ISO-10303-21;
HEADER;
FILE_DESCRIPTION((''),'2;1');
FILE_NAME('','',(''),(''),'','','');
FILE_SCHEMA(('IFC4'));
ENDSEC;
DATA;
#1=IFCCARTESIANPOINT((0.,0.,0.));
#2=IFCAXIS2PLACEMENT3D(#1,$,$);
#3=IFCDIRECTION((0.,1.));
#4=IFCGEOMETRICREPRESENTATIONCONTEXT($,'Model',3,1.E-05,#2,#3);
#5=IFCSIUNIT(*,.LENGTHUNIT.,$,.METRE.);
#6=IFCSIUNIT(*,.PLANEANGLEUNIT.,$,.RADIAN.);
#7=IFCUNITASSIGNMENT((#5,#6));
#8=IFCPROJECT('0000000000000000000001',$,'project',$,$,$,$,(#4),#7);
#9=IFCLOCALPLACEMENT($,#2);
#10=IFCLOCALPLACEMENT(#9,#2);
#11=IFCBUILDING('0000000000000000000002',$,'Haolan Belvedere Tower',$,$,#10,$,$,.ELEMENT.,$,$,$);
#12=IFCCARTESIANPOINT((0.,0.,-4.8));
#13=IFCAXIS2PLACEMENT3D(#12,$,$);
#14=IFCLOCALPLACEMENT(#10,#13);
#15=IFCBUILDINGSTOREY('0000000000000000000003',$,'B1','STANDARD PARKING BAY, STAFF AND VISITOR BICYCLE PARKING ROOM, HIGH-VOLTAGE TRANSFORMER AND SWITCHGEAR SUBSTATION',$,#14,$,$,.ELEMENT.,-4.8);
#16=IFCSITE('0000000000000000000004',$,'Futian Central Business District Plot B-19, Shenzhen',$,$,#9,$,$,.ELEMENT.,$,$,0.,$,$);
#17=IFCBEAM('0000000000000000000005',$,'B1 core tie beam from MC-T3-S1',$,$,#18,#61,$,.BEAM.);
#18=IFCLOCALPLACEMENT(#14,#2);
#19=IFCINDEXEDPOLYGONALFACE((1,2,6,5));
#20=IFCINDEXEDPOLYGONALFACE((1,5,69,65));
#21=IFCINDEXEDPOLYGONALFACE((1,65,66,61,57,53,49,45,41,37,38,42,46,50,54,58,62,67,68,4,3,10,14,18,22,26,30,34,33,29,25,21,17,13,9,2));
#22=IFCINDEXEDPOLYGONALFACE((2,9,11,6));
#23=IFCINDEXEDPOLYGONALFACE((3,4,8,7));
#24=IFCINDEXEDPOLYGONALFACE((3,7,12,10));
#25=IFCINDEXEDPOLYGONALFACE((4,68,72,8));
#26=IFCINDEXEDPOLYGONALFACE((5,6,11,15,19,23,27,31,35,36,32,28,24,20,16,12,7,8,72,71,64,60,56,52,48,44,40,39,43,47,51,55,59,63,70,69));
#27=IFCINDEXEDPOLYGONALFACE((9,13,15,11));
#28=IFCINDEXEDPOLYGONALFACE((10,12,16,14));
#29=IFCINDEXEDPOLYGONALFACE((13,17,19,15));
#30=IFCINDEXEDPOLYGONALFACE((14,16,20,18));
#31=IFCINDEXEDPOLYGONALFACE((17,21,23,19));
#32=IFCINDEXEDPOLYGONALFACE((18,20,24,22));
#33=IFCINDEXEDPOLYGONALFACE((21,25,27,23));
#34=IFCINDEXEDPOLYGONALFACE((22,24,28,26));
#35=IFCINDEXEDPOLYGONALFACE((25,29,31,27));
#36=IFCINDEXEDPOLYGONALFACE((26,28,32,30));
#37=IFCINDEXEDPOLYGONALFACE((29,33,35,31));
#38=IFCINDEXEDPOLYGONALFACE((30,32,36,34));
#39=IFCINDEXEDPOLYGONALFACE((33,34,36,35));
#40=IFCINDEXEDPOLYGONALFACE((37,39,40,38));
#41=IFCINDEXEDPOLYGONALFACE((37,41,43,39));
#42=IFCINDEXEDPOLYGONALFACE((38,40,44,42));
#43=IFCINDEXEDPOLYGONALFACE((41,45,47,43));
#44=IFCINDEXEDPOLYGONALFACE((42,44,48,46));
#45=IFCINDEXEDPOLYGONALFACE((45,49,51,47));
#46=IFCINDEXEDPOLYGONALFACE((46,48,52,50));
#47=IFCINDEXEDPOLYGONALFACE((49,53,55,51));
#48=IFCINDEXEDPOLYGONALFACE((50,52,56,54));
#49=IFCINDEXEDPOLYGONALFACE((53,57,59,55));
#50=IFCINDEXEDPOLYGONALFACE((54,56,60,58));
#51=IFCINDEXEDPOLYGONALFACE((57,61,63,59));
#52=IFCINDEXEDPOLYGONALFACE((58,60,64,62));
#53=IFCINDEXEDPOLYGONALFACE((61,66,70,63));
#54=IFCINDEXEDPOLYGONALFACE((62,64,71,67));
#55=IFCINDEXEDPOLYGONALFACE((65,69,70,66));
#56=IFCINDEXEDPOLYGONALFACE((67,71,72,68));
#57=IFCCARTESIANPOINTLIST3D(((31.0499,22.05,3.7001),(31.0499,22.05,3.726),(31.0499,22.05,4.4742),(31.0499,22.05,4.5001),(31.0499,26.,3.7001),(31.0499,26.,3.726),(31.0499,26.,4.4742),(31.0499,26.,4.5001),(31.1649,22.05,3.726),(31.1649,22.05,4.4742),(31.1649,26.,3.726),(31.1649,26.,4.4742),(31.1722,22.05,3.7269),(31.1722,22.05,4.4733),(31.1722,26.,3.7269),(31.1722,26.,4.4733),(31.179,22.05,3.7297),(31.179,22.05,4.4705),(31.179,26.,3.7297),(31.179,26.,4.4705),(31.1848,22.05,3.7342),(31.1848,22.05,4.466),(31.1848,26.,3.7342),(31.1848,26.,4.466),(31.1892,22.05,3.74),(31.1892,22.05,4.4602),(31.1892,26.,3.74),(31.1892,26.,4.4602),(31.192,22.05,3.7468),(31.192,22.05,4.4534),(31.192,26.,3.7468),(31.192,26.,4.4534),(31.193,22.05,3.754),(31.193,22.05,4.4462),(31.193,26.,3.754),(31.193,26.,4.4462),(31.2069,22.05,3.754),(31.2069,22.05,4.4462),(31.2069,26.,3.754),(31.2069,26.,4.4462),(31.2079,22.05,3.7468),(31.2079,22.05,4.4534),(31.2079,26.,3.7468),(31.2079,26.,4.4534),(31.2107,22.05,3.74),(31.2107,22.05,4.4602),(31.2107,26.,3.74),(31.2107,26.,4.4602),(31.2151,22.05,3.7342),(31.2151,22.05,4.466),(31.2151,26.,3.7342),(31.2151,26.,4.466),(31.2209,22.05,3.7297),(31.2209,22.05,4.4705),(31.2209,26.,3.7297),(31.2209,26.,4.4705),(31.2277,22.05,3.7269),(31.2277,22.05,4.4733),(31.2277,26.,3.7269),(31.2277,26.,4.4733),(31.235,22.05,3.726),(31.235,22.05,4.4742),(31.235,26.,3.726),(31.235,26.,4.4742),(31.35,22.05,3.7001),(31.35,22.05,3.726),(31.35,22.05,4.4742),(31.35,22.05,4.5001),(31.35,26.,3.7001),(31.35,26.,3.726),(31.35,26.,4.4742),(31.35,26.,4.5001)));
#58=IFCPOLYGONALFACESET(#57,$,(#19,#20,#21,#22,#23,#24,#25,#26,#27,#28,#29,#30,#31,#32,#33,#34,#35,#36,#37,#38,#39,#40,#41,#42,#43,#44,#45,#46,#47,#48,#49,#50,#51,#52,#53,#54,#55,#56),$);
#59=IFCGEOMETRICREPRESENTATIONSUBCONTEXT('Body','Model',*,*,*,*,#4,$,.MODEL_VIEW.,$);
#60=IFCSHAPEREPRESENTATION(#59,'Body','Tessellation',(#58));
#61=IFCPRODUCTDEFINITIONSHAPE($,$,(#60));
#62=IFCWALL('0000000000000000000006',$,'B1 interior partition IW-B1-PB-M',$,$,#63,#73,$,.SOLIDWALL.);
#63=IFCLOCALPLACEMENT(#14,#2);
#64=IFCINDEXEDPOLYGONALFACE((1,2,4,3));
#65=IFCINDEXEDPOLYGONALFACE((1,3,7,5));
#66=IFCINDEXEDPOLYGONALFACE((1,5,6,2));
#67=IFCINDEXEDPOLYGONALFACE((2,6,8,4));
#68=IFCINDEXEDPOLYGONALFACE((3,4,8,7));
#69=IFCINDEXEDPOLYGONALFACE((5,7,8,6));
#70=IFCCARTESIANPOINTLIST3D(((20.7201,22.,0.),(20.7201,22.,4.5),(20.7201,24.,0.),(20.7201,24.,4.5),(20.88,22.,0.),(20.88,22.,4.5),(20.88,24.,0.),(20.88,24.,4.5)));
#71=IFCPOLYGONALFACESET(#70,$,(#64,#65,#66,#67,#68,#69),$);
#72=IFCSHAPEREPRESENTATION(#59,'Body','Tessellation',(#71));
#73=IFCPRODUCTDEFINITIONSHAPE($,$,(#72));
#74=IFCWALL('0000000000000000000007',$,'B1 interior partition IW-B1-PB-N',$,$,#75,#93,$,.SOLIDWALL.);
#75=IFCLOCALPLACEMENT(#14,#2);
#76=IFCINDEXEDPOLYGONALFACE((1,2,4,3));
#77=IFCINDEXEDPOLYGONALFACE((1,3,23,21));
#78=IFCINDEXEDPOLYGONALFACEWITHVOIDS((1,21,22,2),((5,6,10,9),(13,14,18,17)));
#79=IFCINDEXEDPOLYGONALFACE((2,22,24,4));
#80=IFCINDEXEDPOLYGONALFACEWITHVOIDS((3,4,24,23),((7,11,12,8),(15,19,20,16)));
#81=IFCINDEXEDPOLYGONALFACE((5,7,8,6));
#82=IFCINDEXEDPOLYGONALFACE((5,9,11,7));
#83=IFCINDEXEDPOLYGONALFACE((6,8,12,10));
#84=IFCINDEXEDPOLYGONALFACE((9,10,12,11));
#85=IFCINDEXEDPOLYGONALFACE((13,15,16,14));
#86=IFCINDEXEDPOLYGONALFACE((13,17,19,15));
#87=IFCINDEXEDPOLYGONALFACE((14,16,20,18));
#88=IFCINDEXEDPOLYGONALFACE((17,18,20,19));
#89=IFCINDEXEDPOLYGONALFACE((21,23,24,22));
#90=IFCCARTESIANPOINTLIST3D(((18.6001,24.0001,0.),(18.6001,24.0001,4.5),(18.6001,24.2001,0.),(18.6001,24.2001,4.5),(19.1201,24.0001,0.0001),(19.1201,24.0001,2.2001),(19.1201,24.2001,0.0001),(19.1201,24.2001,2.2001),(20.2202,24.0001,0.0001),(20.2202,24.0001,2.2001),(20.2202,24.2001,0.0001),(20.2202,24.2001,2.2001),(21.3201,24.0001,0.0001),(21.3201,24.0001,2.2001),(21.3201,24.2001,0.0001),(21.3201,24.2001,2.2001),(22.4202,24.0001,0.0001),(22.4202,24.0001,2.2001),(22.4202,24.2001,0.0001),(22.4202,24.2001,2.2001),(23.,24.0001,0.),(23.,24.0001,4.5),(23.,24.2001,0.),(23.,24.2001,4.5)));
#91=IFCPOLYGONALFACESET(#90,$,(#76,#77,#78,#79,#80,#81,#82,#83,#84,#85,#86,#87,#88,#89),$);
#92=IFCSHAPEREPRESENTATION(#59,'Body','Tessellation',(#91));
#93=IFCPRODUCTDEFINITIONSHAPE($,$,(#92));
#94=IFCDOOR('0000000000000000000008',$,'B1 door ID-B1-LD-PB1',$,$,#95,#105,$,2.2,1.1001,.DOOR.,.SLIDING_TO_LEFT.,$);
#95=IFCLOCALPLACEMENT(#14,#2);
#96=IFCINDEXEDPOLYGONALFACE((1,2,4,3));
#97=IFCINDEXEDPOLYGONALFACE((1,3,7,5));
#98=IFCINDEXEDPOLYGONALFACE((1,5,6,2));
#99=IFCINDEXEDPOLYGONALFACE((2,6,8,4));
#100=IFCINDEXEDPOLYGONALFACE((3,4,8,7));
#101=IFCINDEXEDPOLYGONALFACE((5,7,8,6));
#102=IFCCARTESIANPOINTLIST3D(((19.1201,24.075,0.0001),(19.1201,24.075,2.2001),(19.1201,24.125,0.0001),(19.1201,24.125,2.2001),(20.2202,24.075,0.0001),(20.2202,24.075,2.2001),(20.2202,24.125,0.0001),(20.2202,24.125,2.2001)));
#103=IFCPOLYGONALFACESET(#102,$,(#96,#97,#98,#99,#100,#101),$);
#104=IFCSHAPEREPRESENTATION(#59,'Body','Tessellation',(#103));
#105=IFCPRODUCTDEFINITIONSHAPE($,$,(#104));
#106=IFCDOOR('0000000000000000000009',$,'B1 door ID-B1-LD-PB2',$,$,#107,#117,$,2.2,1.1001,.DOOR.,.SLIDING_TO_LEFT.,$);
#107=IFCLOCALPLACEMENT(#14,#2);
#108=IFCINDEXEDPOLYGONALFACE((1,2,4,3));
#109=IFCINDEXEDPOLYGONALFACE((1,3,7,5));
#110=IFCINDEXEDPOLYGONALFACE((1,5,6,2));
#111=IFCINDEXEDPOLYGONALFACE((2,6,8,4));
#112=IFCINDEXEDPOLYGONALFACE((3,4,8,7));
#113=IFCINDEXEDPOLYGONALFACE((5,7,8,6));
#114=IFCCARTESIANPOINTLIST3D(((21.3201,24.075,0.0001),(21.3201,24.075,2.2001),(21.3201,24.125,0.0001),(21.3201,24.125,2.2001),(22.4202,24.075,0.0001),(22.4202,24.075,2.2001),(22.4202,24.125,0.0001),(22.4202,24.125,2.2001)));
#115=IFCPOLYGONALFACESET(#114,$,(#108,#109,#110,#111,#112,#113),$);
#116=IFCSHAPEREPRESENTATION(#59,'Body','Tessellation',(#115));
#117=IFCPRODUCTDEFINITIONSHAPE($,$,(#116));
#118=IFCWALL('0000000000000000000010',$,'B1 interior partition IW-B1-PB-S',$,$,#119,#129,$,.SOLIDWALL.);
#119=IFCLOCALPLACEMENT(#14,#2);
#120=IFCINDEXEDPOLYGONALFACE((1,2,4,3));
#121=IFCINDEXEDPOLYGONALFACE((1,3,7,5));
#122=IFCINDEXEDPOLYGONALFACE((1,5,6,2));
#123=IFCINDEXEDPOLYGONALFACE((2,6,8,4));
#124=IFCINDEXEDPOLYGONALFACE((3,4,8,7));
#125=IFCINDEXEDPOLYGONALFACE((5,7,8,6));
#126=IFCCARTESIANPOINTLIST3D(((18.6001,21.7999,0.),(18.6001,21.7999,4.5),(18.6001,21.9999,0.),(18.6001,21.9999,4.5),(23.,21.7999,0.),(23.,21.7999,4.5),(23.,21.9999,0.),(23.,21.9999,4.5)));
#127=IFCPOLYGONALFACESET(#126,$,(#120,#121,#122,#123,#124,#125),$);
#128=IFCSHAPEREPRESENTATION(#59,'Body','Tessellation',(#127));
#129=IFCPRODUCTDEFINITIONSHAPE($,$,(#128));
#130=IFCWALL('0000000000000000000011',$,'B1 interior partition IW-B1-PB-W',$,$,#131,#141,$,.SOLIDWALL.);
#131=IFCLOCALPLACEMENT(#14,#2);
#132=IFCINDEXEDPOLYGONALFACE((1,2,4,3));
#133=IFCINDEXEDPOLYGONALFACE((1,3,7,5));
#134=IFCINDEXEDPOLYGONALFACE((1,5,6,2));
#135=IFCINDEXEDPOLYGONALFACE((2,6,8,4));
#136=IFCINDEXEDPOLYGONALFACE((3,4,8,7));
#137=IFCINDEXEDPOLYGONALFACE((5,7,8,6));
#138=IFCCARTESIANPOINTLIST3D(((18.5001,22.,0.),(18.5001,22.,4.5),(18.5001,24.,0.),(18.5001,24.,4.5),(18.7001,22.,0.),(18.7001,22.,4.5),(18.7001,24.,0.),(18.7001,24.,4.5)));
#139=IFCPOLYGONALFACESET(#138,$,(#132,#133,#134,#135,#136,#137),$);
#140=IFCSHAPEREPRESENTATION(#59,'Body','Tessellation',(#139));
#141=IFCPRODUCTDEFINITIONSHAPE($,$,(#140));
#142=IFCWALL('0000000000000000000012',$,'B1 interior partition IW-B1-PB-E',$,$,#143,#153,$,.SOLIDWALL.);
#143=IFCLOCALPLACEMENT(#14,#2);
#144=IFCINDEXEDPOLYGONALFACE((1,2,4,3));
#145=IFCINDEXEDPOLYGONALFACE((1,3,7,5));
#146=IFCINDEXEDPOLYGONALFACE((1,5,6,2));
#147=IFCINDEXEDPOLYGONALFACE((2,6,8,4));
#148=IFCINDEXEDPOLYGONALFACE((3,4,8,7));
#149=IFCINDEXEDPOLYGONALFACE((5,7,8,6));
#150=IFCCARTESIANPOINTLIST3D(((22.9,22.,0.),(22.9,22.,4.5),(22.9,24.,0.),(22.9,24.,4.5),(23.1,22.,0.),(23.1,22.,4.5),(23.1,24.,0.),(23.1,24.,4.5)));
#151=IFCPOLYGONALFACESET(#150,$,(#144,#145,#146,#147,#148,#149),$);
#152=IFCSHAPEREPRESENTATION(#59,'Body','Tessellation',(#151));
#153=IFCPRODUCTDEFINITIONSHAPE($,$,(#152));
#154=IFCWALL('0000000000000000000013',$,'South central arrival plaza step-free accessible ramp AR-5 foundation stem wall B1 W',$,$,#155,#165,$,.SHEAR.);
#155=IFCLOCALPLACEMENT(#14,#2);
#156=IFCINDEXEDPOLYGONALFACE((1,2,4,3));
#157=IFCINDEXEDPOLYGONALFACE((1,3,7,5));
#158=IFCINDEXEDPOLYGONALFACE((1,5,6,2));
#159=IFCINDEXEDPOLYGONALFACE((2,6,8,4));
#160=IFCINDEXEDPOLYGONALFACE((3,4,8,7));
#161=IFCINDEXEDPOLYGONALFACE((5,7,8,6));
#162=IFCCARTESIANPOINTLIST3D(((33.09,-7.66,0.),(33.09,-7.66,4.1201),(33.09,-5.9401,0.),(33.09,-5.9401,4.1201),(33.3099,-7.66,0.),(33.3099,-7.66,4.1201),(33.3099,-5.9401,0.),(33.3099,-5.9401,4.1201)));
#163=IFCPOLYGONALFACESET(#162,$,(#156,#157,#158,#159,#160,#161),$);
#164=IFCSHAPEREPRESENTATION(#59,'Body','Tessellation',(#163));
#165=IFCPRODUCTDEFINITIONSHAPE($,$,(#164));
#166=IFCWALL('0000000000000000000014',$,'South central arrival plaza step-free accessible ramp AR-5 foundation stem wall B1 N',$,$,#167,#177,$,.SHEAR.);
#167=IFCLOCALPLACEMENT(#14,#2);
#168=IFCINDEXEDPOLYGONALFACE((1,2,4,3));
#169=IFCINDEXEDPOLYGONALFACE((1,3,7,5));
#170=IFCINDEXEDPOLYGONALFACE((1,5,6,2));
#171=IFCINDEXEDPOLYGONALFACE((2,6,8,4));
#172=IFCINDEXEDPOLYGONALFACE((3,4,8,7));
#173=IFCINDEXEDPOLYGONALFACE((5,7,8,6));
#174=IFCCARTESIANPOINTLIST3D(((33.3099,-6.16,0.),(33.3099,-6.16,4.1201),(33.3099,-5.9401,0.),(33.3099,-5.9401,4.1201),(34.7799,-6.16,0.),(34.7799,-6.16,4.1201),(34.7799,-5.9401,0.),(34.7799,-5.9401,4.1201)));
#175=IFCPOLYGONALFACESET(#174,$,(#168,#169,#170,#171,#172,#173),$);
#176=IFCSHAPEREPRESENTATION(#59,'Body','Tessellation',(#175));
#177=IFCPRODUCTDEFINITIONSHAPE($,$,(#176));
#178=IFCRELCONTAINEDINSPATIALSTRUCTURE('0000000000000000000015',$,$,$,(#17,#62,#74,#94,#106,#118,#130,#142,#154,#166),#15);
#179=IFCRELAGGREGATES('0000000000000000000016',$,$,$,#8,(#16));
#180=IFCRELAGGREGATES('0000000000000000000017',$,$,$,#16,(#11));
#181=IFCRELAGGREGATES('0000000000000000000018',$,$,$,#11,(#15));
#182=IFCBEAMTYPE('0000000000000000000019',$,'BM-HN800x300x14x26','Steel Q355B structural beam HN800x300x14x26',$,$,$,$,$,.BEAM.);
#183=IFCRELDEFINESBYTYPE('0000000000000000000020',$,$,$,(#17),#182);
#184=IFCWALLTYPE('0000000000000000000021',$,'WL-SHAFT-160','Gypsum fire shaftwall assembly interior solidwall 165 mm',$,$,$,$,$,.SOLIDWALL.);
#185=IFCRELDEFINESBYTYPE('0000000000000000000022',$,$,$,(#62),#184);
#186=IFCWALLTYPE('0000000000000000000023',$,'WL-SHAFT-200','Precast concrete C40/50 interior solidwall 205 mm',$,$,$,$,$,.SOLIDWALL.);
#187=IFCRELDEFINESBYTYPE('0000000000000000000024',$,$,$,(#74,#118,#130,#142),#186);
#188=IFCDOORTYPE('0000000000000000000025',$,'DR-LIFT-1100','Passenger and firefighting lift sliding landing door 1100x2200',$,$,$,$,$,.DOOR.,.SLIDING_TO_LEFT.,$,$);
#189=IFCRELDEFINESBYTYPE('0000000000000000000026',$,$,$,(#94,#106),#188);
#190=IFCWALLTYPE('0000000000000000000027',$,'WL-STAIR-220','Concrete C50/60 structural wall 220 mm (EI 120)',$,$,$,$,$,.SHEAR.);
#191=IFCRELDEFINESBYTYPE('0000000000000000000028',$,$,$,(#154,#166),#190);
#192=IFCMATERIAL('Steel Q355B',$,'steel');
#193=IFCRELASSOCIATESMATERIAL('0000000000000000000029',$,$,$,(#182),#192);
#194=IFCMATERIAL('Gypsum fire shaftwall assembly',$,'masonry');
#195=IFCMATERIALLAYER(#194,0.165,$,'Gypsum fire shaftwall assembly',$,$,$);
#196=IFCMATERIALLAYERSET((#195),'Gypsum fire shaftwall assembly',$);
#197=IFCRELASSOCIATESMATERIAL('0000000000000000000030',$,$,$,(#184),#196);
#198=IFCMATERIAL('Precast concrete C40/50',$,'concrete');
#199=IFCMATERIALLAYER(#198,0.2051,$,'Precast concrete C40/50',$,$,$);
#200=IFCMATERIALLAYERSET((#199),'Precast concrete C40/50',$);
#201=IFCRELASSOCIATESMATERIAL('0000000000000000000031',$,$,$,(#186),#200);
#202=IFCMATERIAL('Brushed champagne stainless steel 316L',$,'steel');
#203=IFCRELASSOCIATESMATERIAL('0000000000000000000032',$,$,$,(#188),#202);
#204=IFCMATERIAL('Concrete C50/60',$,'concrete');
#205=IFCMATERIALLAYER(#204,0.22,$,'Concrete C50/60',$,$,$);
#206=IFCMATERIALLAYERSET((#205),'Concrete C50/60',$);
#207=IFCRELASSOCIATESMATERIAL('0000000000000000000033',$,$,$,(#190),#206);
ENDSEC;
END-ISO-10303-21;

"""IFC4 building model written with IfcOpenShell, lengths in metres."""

from ifc_helpers import new_model, si_unit, direction, frame, frame_2d, origin, origin_2d, place, context, subcontext, project, spatial, rectangle, i_section, extrude, material, layer, layer_set, material_profile, profile_set, type_object, element, fill, save


model = new_model("IFC4")

# Units and contexts
model_context = context("Model", 3, precision=1e-05, world=origin(), true_north=direction((0.0, 1.0)))
body_context = subcontext(model_context, "Body", "Model", "MODEL_VIEW")
ifc_project = project(units=[si_unit("LENGTHUNIT", "METRE"), si_unit("PLANEANGLEUNIT", "RADIAN")], contexts=[model_context])

# Site, building, storey
site_placement = place(None, origin())
site = spatial("IfcSite", under=ifc_project, at=site_placement, Name="Futian Central Business District Plot B-19, Shenzhen", CompositionType="ELEMENT", RefElevation=0.0)
building_placement = place(site_placement, origin())
building = spatial("IfcBuilding", under=site, at=building_placement, Name="Haolan Belvedere Tower", CompositionType="ELEMENT")
storey_placement = place(building_placement, frame((0.0, 0.0, -4.8)))
storey = spatial("IfcBuildingStorey", under=building, at=storey_placement, Name="B1", Description="STANDARD PARKING BAY, STAFF AND VISITOR BICYCLE PARKING ROOM, HIGH-VOLTAGE TRANSFORMER AND SWITCHGEAR SUBSTATION", CompositionType="ELEMENT", Elevation=-4.8)

# Shared definitions
ifc_material_1 = material(Name="Steel Q355B", Category="steel")

# Beam
ifc_material_profile_1 = material_profile(ifc_material_1, i_section(OverallWidth=0.3, OverallDepth=0.8, WebThickness=0.0139, FlangeThickness=0.0259, FilletRadius=0.0281, at=origin_2d()), Name="Steel Q355B")
ifc_profile_set_1 = profile_set([ifc_material_profile_1], Name="Steel Q355B")
beam_type_1 = type_object("IfcBeamType", Name="BM-HN800x300x14x26", Description="Steel Q355B structural beam HN800x300x14x26", PredefinedType="BEAM", material=ifc_profile_set_1)
beam_1_placement = place(storey_placement, frame((31.2, 22.05, 4.1001), z_axis=(0.0, 1.0, 0.0), x_axis=(-1.0, 0.0, 0.0)))
element("IfcBeam", 1, at=beam_1_placement, inside=storey, type_object=beam_type_1, Name="B1 core tie beam from MC-T3-S1", PredefinedType="BEAM", context=body_context, shape_type="SweptSolid", body=[
    extrude(i_section(OverallWidth=0.3, OverallDepth=0.8, WebThickness=0.0139, FlangeThickness=0.0259, FilletRadius=0.0281, at=origin_2d()), origin(), (0.0, 0.0, 1.0), 3.95),
])

# Wall
ifc_material_2 = material(Name="Gypsum fire shaftwall assembly", Category="masonry")
ifc_layer_1 = layer(ifc_material_2, 0.165, Name="Gypsum fire shaftwall assembly")
ifc_layer_set_1 = layer_set([ifc_layer_1], Name="Gypsum fire shaftwall assembly")
wall_type_1 = type_object("IfcWallType", Name="WL-SHAFT-160", Description="Gypsum fire shaftwall assembly interior solidwall 165 mm", PredefinedType="SOLIDWALL", material=ifc_layer_set_1)
wall_1_placement = place(storey_placement, frame((20.8, 22.0, 0.0), z_axis=(0.0, 0.0, 1.0), x_axis=(0.0, 1.0, 0.0)))
element("IfcWall", 2, at=wall_1_placement, inside=storey, type_object=wall_type_1, Name="B1 interior partition IW-B1-PB-M", PredefinedType="SOLIDWALL", context=body_context, shape_type="SweptSolid", body=[
    extrude(rectangle(XDim=2.0, YDim=0.1599, at=frame_2d((1.0, 0.0))), origin(), (0.0, 0.0, 1.0), 4.5),
])

# Wall, openings, doors
ifc_material_3 = material(Name="Precast concrete C40/50", Category="concrete")
ifc_layer_2 = layer(ifc_material_3, 0.2051, Name="Precast concrete C40/50")
ifc_layer_set_2 = layer_set([ifc_layer_2], Name="Precast concrete C40/50")
wall_type_2 = type_object("IfcWallType", Name="WL-SHAFT-200", Description="Precast concrete C40/50 interior solidwall 205 mm", PredefinedType="SOLIDWALL", material=ifc_layer_set_2)
wall_2_placement = place(storey_placement, frame((18.6001, 24.1001, 0.0), z_axis=(0.0, 0.0, 1.0), x_axis=(1.0, 0.0, 0.0)))
wall_2 = element("IfcWall", 3, at=wall_2_placement, inside=storey, type_object=wall_type_2, Name="B1 interior partition IW-B1-PB-N", PredefinedType="SOLIDWALL", context=body_context, shape_type="SweptSolid", body=[
    extrude(rectangle(XDim=4.3999, YDim=0.2, at=frame_2d((2.2, 0.0))), origin(), (0.0, 0.0, 1.0), 4.5),
])
opening_1_placement = place(wall_2_placement, frame((0.52, 0.0, 0.0)))
opening_1 = element("IfcOpeningElement", 4, at=opening_1_placement, cuts=wall_2, PredefinedType="OPENING", context=body_context, shape_type="SweptSolid", body=[
    extrude(rectangle(XDim=1.1001, YDim=2.2, at=frame_2d((0.55, 1.1001))), frame((0.0, 0.1099, 0.0), z_axis=(0.0, -1.0, 0.0), x_axis=(1.0, 0.0, 0.0)), (0.0, 0.0, 1.0), 0.22),
])
opening_2_placement = place(wall_2_placement, frame((2.72, 0.0, 0.0)))
opening_2 = element("IfcOpeningElement", 5, at=opening_2_placement, cuts=wall_2, PredefinedType="OPENING", context=body_context, shape_type="SweptSolid", body=[
    extrude(rectangle(XDim=1.1001, YDim=2.2, at=frame_2d((0.55, 1.1001))), frame((0.0, 0.1099, 0.0), z_axis=(0.0, -1.0, 0.0), x_axis=(1.0, 0.0, 0.0)), (0.0, 0.0, 1.0), 0.22),
])
ifc_material_4 = material(Name="Brushed champagne stainless steel 316L", Category="steel")
door_type = type_object("IfcDoorType", Name="DR-LIFT-1100", Description="Passenger and firefighting lift sliding landing door 1100x2200", OperationType="SLIDING_TO_LEFT", PredefinedType="DOOR", material=ifc_material_4)
door_1_placement = place(opening_1_placement, origin())
door_1 = element("IfcDoor", 6, at=door_1_placement, inside=storey, type_object=door_type, Name="B1 door ID-B1-LD-PB1", OperationType="SLIDING_TO_LEFT", OverallHeight=2.2, OverallWidth=1.1001, PredefinedType="DOOR", context=body_context, shape_type="SweptSolid", body=[
    extrude(rectangle(XDim=1.1001, YDim=2.2, at=frame_2d((0.55, 1.1001))), frame((0.0, 0.0249, 0.0), z_axis=(0.0, -1.0, 0.0), x_axis=(1.0, 0.0, 0.0)), (0.0, 0.0, 1.0), 0.05),
])
fill(opening_1, door_1)
door_2_placement = place(opening_2_placement, origin())
door_2 = element("IfcDoor", 7, at=door_2_placement, inside=storey, type_object=door_type, Name="B1 door ID-B1-LD-PB2", OperationType="SLIDING_TO_LEFT", OverallHeight=2.2, OverallWidth=1.1001, PredefinedType="DOOR", context=body_context, shape_type="SweptSolid", body=[
    extrude(rectangle(XDim=1.1001, YDim=2.2, at=frame_2d((0.55, 1.1001))), frame((0.0, 0.0249, 0.0), z_axis=(0.0, -1.0, 0.0), x_axis=(1.0, 0.0, 0.0)), (0.0, 0.0, 1.0), 0.05),
])
fill(opening_2, door_2)

# Walls
wall_3_placement = place(storey_placement, frame((18.6001, 21.8999, 0.0), z_axis=(0.0, 0.0, 1.0), x_axis=(1.0, 0.0, 0.0)))
element("IfcWall", 8, at=wall_3_placement, inside=storey, type_object=wall_type_2, Name="B1 interior partition IW-B1-PB-S", PredefinedType="SOLIDWALL", context=body_context, shape_type="SweptSolid", body=[
    extrude(rectangle(XDim=4.3999, YDim=0.2, at=frame_2d((2.2, 0.0))), origin(), (0.0, 0.0, 1.0), 4.5),
])
for number, where, z_axis, x_axis, name in (
    (9, (18.6001, 22.0, 0.0), (0.0, 0.0, 1.0), (0.0, 1.0, 0.0), "B1 interior partition IW-B1-PB-W"),
    (10, (23.0, 22.0, 0.0), (0.0, 0.0, 1.0), (0.0, 1.0, 0.0), "B1 interior partition IW-B1-PB-E"),
):
    element("IfcWall", number, at=place(storey_placement, frame(where, z_axis=z_axis, x_axis=x_axis)), inside=storey, type_object=wall_type_2, Name=name, PredefinedType="SOLIDWALL", context=body_context, shape_type="SweptSolid", body=[
        extrude(rectangle(XDim=2.0, YDim=0.2, at=frame_2d((1.0, 0.0))), origin(), (0.0, 0.0, 1.0), 4.5),
    ])
ifc_material_5 = material(Name="Concrete C50/60", Category="concrete")
ifc_layer_3 = layer(ifc_material_5, 0.22, Name="Concrete C50/60")
ifc_layer_set_3 = layer_set([ifc_layer_3], Name="Concrete C50/60")
wall_type_3 = type_object("IfcWallType", Name="WL-STAIR-220", Description="Concrete C50/60 structural wall 220 mm (EI 120)", PredefinedType="SHEAR", material=ifc_layer_set_3)
wall_4_placement = place(storey_placement, frame((33.2, -7.6599, 0.0), z_axis=(0.0, 0.0, 1.0), x_axis=(0.0, 1.0, 0.0)))
element("IfcWall", 11, at=wall_4_placement, inside=storey, type_object=wall_type_3, Name="South central arrival plaza step-free accessible ramp AR-5 foundation stem wall B1 W", PredefinedType="SHEAR", context=body_context, shape_type="SweptSolid", body=[
    extrude(rectangle(XDim=1.72, YDim=0.22, at=frame_2d((0.8599, 0.0))), origin(), (0.0, 0.0, 1.0), 4.1201),
])
for number, where, z_axis, x_axis, name in (
    (12, (33.3101, -6.05, 0.0), (0.0, 0.0, 1.0), (1.0, 0.0, 0.0), "South central arrival plaza step-free accessible ramp AR-5 foundation stem wall B1 N"),
):
    element("IfcWall", number, at=place(storey_placement, frame(where, z_axis=z_axis, x_axis=x_axis)), inside=storey, type_object=wall_type_3, Name=name, PredefinedType="SHEAR", context=body_context, shape_type="SweptSolid", body=[
        extrude(rectangle(XDim=1.47, YDim=0.22, at=frame_2d((0.7349, 0.0))), origin(), (0.0, 0.0, 1.0), 4.1201),
    ])

save(model, "model.ifc")
